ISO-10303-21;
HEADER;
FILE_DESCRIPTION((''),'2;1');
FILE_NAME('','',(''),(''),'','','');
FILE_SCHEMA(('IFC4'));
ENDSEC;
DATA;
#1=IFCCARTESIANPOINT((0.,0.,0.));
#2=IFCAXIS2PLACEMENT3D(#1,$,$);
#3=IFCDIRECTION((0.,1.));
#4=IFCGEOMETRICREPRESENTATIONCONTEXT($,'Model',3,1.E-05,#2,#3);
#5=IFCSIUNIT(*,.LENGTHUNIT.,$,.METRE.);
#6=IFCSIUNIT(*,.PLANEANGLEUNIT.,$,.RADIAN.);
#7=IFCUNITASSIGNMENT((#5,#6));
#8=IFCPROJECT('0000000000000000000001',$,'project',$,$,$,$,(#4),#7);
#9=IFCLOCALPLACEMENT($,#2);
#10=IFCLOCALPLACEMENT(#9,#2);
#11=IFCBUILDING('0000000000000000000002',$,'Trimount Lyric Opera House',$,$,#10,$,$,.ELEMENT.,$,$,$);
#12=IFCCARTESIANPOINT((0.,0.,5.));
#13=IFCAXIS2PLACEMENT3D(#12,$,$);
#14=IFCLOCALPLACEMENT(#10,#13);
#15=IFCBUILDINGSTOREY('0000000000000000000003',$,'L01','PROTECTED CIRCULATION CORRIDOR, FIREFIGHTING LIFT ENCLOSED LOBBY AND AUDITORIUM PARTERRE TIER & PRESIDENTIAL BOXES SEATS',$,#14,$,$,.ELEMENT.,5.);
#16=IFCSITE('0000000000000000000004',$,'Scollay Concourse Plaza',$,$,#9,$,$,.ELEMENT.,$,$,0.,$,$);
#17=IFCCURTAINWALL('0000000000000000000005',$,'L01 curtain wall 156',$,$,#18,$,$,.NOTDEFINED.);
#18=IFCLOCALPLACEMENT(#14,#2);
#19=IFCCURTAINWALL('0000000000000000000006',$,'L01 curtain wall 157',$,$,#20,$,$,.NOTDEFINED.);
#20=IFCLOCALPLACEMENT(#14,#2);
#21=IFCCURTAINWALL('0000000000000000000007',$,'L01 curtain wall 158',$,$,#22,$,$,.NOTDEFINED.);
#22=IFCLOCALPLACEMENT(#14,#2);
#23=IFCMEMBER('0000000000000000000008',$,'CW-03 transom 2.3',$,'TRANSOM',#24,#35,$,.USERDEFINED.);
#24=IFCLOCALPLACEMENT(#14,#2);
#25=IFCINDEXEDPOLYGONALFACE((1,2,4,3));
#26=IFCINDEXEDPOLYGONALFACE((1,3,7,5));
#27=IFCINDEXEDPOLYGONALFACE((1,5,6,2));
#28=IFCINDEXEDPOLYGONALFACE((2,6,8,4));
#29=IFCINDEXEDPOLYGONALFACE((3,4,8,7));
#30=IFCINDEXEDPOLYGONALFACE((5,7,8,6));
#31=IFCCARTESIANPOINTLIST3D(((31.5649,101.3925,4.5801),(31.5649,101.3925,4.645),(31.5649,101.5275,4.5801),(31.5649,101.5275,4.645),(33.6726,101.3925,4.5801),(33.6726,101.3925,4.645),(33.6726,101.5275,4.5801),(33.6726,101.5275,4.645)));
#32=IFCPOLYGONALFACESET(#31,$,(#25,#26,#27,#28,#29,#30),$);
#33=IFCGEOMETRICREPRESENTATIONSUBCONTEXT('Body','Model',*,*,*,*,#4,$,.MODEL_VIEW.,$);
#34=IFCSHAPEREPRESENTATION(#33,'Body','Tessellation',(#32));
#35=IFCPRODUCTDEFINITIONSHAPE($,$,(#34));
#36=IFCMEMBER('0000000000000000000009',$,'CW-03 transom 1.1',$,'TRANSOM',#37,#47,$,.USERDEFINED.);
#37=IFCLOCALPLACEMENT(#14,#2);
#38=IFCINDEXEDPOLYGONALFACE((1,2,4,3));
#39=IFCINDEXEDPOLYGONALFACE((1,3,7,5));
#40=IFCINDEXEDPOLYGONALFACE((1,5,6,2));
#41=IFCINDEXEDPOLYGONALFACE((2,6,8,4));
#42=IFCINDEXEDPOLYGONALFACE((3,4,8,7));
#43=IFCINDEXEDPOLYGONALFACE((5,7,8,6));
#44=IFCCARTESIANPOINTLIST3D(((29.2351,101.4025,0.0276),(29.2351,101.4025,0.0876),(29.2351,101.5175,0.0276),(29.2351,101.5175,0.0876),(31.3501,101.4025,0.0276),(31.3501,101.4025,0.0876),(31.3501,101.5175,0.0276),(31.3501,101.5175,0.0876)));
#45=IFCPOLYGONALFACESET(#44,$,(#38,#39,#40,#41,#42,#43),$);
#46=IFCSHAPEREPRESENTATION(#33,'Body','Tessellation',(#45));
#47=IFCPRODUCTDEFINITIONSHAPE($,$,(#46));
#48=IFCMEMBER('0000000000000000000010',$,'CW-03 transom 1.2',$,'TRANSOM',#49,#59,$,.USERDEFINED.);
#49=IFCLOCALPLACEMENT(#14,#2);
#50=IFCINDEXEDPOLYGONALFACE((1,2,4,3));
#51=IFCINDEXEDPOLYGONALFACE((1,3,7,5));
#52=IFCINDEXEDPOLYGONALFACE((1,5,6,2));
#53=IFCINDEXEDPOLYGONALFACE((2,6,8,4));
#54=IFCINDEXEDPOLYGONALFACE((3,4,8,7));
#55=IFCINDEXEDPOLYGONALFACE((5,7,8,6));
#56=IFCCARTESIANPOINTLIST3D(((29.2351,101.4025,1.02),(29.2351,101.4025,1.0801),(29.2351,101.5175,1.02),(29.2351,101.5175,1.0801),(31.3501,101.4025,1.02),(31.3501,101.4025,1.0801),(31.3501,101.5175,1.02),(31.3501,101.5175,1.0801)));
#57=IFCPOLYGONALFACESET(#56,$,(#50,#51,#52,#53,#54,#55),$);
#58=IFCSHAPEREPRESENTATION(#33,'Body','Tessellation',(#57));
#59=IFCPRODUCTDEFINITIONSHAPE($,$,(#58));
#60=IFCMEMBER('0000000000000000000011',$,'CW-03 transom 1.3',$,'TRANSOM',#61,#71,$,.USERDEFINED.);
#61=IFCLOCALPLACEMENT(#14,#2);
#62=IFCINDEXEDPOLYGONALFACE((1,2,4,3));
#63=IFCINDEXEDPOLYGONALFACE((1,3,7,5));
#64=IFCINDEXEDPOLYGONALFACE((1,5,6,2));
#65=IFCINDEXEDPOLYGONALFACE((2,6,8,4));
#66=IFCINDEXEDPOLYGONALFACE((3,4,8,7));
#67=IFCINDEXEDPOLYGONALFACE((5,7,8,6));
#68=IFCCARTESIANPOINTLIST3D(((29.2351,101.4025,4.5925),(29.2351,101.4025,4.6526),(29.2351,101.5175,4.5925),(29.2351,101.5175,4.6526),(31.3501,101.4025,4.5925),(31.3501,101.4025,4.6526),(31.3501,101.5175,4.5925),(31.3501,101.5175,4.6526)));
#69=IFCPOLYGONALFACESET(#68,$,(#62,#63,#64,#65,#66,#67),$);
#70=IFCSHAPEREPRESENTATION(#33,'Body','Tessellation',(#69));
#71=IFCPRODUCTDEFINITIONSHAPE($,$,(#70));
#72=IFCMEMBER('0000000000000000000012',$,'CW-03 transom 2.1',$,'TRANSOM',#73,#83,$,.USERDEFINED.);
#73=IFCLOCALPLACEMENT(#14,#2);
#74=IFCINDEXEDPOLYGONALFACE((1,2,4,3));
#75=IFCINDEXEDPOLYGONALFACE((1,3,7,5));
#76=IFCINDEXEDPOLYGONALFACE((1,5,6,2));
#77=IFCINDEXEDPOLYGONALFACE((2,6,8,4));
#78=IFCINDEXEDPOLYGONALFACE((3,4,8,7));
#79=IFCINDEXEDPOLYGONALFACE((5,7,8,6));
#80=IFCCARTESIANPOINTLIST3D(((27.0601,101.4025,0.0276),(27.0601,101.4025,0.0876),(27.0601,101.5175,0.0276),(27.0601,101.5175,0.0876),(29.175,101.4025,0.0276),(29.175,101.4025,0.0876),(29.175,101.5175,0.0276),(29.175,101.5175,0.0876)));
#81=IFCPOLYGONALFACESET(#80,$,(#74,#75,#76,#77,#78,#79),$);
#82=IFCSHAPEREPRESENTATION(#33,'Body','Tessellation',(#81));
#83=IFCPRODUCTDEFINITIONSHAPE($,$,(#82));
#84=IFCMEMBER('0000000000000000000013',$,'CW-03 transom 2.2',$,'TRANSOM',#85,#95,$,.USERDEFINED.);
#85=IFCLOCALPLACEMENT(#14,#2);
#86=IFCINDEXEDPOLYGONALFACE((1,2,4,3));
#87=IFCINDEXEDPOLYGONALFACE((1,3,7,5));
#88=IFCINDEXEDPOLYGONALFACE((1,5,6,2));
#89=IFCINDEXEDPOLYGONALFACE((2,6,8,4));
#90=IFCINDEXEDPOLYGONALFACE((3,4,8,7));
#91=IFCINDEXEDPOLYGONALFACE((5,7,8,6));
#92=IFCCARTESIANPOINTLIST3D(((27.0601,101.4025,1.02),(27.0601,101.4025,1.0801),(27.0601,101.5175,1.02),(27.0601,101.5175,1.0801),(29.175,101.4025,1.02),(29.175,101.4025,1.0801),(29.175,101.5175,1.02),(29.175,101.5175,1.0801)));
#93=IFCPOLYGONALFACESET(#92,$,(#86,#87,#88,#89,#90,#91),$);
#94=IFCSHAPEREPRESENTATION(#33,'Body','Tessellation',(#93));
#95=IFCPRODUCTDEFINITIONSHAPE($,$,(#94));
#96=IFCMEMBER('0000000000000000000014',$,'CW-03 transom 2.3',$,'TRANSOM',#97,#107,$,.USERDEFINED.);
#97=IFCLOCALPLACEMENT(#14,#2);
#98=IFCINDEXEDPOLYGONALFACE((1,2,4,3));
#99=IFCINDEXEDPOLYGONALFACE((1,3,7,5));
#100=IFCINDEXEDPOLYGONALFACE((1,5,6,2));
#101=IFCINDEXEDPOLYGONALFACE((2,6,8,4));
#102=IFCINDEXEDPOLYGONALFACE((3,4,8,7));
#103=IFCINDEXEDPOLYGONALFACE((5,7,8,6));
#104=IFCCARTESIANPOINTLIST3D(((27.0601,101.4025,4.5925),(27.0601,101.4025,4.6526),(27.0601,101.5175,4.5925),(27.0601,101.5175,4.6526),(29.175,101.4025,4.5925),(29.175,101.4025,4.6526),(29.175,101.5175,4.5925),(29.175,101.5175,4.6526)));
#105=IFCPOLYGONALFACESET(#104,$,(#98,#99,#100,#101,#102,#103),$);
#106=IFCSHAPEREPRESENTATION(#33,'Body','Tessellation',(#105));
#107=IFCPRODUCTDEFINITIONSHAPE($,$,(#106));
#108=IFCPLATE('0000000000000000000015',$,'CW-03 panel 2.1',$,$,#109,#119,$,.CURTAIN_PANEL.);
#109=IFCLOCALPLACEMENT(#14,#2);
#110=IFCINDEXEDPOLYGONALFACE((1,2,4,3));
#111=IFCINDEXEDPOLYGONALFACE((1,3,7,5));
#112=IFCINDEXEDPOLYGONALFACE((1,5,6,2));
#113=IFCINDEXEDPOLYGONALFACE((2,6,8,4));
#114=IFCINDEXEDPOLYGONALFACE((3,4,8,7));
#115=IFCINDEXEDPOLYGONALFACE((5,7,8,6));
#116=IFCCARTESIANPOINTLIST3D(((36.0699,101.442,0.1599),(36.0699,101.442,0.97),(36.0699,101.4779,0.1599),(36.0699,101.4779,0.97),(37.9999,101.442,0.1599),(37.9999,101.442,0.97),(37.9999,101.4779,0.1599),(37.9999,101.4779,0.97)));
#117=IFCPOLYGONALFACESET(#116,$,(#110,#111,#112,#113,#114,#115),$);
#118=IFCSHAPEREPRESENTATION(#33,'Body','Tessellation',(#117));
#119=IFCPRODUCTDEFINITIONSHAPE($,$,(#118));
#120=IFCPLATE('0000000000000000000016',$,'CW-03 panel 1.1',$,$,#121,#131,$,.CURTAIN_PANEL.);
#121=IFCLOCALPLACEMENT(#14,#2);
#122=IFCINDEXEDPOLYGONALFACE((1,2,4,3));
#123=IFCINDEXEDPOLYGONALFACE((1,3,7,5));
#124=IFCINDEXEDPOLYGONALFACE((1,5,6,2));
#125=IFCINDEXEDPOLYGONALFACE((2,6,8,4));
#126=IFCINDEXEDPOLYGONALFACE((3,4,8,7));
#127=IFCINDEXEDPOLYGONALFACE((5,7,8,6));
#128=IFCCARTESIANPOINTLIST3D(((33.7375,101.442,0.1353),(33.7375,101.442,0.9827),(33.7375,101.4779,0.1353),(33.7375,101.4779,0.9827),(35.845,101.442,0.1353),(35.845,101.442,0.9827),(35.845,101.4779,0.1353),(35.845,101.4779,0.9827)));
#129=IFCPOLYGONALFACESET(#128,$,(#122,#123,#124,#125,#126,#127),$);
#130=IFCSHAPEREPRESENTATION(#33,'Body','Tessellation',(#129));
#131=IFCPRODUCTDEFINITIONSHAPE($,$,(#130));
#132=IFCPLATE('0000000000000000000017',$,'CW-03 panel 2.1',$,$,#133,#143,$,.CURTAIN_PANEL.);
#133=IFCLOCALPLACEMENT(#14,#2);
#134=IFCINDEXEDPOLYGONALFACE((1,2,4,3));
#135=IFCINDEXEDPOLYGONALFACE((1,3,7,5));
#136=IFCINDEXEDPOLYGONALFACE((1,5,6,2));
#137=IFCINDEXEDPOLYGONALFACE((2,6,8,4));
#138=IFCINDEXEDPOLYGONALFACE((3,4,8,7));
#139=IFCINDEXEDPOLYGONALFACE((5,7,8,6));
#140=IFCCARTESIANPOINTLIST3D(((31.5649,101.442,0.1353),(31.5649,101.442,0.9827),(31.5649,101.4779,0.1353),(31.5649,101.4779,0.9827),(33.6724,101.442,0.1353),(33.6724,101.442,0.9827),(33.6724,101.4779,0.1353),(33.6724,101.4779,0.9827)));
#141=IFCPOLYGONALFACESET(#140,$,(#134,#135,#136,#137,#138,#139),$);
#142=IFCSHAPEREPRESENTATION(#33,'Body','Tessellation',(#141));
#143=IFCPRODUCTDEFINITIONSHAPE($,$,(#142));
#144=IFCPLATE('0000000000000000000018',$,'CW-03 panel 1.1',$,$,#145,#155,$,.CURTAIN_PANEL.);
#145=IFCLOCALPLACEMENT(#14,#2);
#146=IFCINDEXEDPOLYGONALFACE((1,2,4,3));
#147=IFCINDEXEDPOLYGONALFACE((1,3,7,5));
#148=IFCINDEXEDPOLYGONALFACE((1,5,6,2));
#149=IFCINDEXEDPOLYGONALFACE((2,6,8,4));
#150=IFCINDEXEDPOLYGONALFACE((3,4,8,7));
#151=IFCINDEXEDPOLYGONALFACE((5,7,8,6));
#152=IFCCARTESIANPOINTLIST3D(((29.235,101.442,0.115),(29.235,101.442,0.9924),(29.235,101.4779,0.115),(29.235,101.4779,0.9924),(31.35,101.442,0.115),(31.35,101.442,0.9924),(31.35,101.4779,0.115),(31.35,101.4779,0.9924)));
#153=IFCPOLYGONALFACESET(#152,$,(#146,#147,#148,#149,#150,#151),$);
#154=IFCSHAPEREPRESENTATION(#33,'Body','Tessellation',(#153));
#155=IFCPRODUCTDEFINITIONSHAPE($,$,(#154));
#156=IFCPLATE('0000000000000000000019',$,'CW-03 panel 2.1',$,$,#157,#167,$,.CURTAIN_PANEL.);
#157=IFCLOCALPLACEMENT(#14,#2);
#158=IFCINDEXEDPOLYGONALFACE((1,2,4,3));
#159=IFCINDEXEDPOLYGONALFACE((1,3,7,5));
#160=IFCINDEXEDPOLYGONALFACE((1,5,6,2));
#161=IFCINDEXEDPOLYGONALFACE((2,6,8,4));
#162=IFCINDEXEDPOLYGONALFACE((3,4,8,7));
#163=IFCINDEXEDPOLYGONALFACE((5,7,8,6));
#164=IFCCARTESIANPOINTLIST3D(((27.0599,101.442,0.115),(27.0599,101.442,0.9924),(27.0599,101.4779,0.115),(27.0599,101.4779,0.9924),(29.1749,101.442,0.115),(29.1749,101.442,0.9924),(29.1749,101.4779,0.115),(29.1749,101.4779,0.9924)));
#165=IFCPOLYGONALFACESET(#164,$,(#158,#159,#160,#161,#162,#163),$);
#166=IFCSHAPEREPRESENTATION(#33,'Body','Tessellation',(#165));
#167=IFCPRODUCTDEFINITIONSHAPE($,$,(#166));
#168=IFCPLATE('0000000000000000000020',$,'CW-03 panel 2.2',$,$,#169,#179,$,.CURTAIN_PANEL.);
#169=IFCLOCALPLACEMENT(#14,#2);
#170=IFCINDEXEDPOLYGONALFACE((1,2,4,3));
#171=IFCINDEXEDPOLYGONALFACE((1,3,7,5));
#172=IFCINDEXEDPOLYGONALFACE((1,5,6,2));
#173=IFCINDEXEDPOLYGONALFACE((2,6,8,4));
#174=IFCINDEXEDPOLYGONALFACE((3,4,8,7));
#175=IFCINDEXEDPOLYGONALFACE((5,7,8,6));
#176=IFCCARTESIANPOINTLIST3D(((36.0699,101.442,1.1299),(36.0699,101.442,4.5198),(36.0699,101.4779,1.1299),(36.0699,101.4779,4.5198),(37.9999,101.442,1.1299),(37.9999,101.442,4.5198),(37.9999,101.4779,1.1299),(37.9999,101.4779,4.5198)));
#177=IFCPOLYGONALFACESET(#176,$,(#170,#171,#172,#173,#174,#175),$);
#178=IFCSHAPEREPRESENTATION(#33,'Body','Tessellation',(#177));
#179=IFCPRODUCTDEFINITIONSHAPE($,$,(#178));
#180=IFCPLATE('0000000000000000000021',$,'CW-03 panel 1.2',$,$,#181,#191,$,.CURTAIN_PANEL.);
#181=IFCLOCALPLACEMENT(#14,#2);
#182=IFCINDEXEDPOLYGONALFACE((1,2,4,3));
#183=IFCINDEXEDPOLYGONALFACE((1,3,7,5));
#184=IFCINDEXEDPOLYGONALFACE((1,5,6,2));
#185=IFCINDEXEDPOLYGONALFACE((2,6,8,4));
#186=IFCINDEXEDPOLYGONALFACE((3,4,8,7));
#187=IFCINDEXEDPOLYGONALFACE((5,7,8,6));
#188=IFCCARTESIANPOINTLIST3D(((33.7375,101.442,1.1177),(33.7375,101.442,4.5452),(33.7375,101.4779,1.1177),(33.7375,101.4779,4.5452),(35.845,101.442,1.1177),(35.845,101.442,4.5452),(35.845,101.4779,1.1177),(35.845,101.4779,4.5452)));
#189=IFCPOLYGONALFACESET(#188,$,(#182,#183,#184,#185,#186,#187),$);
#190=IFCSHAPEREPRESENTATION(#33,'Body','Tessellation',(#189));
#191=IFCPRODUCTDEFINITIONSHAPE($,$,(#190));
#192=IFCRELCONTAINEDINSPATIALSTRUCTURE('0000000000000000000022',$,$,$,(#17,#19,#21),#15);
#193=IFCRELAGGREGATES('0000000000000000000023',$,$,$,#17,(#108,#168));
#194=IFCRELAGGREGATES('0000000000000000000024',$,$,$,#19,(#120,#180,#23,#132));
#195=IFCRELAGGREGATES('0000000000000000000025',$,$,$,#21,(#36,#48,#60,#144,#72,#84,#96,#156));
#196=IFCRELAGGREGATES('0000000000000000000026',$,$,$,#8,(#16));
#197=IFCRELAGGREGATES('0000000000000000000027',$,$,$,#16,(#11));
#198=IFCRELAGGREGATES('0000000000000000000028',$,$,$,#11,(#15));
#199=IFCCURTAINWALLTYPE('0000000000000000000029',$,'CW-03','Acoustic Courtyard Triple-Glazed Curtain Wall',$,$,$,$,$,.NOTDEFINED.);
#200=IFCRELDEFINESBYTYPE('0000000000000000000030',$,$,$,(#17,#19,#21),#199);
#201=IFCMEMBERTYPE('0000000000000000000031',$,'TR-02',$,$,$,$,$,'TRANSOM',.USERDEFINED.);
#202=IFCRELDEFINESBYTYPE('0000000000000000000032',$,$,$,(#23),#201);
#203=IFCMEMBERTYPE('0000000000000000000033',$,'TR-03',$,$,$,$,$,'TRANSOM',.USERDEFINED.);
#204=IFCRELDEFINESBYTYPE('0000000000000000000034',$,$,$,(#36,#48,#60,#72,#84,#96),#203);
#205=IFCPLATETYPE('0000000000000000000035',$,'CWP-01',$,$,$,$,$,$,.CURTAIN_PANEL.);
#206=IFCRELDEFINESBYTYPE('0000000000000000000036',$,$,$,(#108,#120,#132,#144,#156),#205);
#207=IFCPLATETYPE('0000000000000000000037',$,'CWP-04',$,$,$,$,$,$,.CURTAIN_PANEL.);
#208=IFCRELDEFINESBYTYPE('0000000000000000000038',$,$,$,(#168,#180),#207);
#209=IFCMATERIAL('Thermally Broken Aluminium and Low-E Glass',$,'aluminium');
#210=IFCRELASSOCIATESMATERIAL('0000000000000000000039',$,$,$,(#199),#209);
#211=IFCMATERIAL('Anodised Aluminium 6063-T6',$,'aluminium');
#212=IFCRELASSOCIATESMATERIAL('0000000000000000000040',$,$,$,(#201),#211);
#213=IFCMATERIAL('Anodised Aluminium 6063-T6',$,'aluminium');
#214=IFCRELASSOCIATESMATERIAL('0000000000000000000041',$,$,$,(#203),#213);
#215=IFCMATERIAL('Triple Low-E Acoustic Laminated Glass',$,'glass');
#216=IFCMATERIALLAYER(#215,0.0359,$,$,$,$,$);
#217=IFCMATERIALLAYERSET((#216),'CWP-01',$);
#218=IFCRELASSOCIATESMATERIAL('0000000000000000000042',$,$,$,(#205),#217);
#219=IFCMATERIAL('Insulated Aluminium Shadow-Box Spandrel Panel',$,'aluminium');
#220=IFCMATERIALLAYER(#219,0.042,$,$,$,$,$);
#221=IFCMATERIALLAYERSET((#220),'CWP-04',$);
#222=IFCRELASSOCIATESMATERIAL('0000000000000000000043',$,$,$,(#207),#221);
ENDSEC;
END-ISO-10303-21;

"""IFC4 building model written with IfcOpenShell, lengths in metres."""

from ifc_helpers import new_model, si_unit, direction, frame, origin, origin_2d, place, context, subcontext, project, spatial, rectangle, extrude, material, layer, layer_set, material_profile, profile_set, type_object, element, aggregate, save


model = new_model("IFC4")

# Units and contexts
model_context = context("Model", 3, precision=1e-05, world=origin(), true_north=direction((0.0, 1.0)))
body_context = subcontext(model_context, "Body", "Model", "MODEL_VIEW")
ifc_project = project(units=[si_unit("LENGTHUNIT", "METRE"), si_unit("PLANEANGLEUNIT", "RADIAN")], contexts=[model_context])

# Site, building, storey
site_placement = place(None, origin())
site = spatial("IfcSite", under=ifc_project, at=site_placement, Name="Scollay Concourse Plaza", CompositionType="ELEMENT", RefElevation=0.0)
building_placement = place(site_placement, origin())
building = spatial("IfcBuilding", under=site, at=building_placement, Name="Trimount Lyric Opera House", CompositionType="ELEMENT")
storey_placement = place(building_placement, frame((0.0, 0.0, 5.0)))
storey = spatial("IfcBuildingStorey", under=building, at=storey_placement, Name="L01", Description="PROTECTED CIRCULATION CORRIDOR, FIREFIGHTING LIFT ENCLOSED LOBBY AND AUDITORIUM PARTERRE TIER & PRESIDENTIAL BOXES SEATS", CompositionType="ELEMENT", Elevation=5.0)

# Curtain wall
ifc_material_1 = material(Name="Thermally Broken Aluminium and Low-E Glass", Category="aluminium")
curtain_wall_type = type_object("IfcCurtainWallType", Name="CW-03", Description="Acoustic Courtyard Triple-Glazed Curtain Wall", PredefinedType="NOTDEFINED", material=ifc_material_1)
curtain_wall_1_placement = place(storey_placement, origin())
curtain_wall_1 = element("IfcCurtainWall", 1, at=curtain_wall_1_placement, inside=storey, type_object=curtain_wall_type, Name="L01 curtain wall 156", PredefinedType="NOTDEFINED")

# Curtain walls
curtain_wall_2_placement = place(storey_placement, origin())
curtain_wall_2 = element("IfcCurtainWall", 2, at=curtain_wall_2_placement, inside=storey, type_object=curtain_wall_type, Name="L01 curtain wall 157", PredefinedType="NOTDEFINED")
curtain_wall_3_placement = place(storey_placement, origin())
curtain_wall_3 = element("IfcCurtainWall", 3, at=curtain_wall_3_placement, inside=storey, type_object=curtain_wall_type, Name="L01 curtain wall 158", PredefinedType="NOTDEFINED")

# Members
ifc_material_2 = material(Name="Anodised Aluminium 6063-T6", Category="aluminium")
ifc_material_profile_1 = material_profile(ifc_material_2, rectangle(XDim=0.135, YDim=0.0649, at=origin_2d()), Name="ALU-TRAN-65X135")
ifc_profile_set_1 = profile_set([ifc_material_profile_1], Name="Anodised Aluminium 6063-T6")
member_type_1 = type_object("IfcMemberType", Name="TR-02", ElementType="TRANSOM", PredefinedType="USERDEFINED", material=ifc_profile_set_1)
member_1_placement = place(storey_placement, frame((33.6726, 101.46, 4.6125), z_axis=(-1.0, 0.0, 0.0), x_axis=(0.0, -1.0, 0.0)))
member_1 = element("IfcMember", 4, at=member_1_placement, type_object=member_type_1, Name="CW-03 transom 2.3", ObjectType="TRANSOM", PredefinedType="USERDEFINED", context=body_context, shape_type="SweptSolid", body=[
    extrude(rectangle(XDim=0.135, YDim=0.0649, at=origin_2d()), origin(), (0.0, 0.0, 1.0), 2.1077),
])
ifc_material_3 = material(Name="Anodised Aluminium 6063-T6", Category="aluminium")
ifc_material_profile_2 = material_profile(ifc_material_3, rectangle(XDim=0.115, YDim=0.0601, at=origin_2d()), Name="ALU-TRAN-60X115")
ifc_profile_set_2 = profile_set([ifc_material_profile_2], Name="Anodised Aluminium 6063-T6")
member_type_2 = type_object("IfcMemberType", Name="TR-03", ElementType="TRANSOM", PredefinedType="USERDEFINED", material=ifc_profile_set_2)
member_2_placement = place(storey_placement, frame((31.3501, 101.46, 0.0576), z_axis=(-1.0, 0.0, 0.0), x_axis=(0.0, -1.0, 0.0)))
member_2 = element("IfcMember", 5, at=member_2_placement, type_object=member_type_2, Name="CW-03 transom 1.1", ObjectType="TRANSOM", PredefinedType="USERDEFINED", context=body_context, shape_type="SweptSolid", body=[
    extrude(rectangle(XDim=0.115, YDim=0.0601, at=origin_2d()), origin(), (0.0, 0.0, 1.0), 2.115),
])
member_3_placement = place(storey_placement, frame((31.3501, 101.46, 1.05), z_axis=(-1.0, 0.0, 0.0), x_axis=(0.0, -1.0, 0.0)))
member_3 = element("IfcMember", 6, at=member_3_placement, type_object=member_type_2, Name="CW-03 transom 1.2", ObjectType="TRANSOM", PredefinedType="USERDEFINED", context=body_context, shape_type="SweptSolid", body=[
    extrude(rectangle(XDim=0.115, YDim=0.0601, at=origin_2d()), origin(), (0.0, 0.0, 1.0), 2.115),
])
member_4_placement = place(storey_placement, frame((31.3501, 101.46, 4.6226), z_axis=(-1.0, 0.0, 0.0), x_axis=(0.0, -1.0, 0.0)))
member_4 = element("IfcMember", 7, at=member_4_placement, type_object=member_type_2, Name="CW-03 transom 1.3", ObjectType="TRANSOM", PredefinedType="USERDEFINED", context=body_context, shape_type="SweptSolid", body=[
    extrude(rectangle(XDim=0.115, YDim=0.0601, at=origin_2d()), origin(), (0.0, 0.0, 1.0), 2.115),
])
member_5_placement = place(storey_placement, frame((29.175, 101.46, 0.0576), z_axis=(-1.0, 0.0, 0.0), x_axis=(0.0, -1.0, 0.0)))
member_5 = element("IfcMember", 8, at=member_5_placement, type_object=member_type_2, Name="CW-03 transom 2.1", ObjectType="TRANSOM", PredefinedType="USERDEFINED", context=body_context, shape_type="SweptSolid", body=[
    extrude(rectangle(XDim=0.115, YDim=0.0601, at=origin_2d()), origin(), (0.0, 0.0, 1.0), 2.115),
])
member_6_placement = place(storey_placement, frame((29.175, 101.46, 1.05), z_axis=(-1.0, 0.0, 0.0), x_axis=(0.0, -1.0, 0.0)))
member_6 = element("IfcMember", 9, at=member_6_placement, type_object=member_type_2, Name="CW-03 transom 2.2", ObjectType="TRANSOM", PredefinedType="USERDEFINED", context=body_context, shape_type="SweptSolid", body=[
    extrude(rectangle(XDim=0.115, YDim=0.0601, at=origin_2d()), origin(), (0.0, 0.0, 1.0), 2.115),
])
member_7_placement = place(storey_placement, frame((29.175, 101.46, 4.6226), z_axis=(-1.0, 0.0, 0.0), x_axis=(0.0, -1.0, 0.0)))
member_7 = element("IfcMember", 10, at=member_7_placement, type_object=member_type_2, Name="CW-03 transom 2.3", ObjectType="TRANSOM", PredefinedType="USERDEFINED", context=body_context, shape_type="SweptSolid", body=[
    extrude(rectangle(XDim=0.115, YDim=0.0601, at=origin_2d()), origin(), (0.0, 0.0, 1.0), 2.115),
])

# Plates
ifc_material_4 = material(Name="Triple Low-E Acoustic Laminated Glass", Category="glass")
ifc_layer_1 = layer(ifc_material_4, 0.0359)
ifc_layer_set_1 = layer_set([ifc_layer_1], Name="CWP-01")
plate_type_1 = type_object("IfcPlateType", Name="CWP-01", PredefinedType="CURTAIN_PANEL", material=ifc_layer_set_1)
plate_1_placement = place(storey_placement, frame((37.0349, 101.46, 0.1599), z_axis=(0.0, 0.0, 1.0), x_axis=(-1.0, 0.0, 0.0)))
plate_1 = element("IfcPlate", 11, at=plate_1_placement, type_object=plate_type_1, Name="CW-03 panel 2.1", PredefinedType="CURTAIN_PANEL", context=body_context, shape_type="SweptSolid", body=[
    extrude(rectangle(XDim=1.9299, YDim=0.0359, at=origin_2d()), origin(), (0.0, 0.0, 1.0), 0.8101),
])
plate_2_placement = place(storey_placement, frame((34.7913, 101.46, 0.1353), z_axis=(0.0, 0.0, 1.0), x_axis=(-1.0, 0.0, 0.0)))
plate_2 = element("IfcPlate", 12, at=plate_2_placement, type_object=plate_type_1, Name="CW-03 panel 1.1", PredefinedType="CURTAIN_PANEL", context=body_context, shape_type="SweptSolid", body=[
    extrude(rectangle(XDim=2.1074, YDim=0.0359, at=origin_2d()), origin(), (0.0, 0.0, 1.0), 0.8474),
])
plate_3_placement = place(storey_placement, frame((32.6187, 101.46, 0.1353), z_axis=(0.0, 0.0, 1.0), x_axis=(-1.0, 0.0, 0.0)))
plate_3 = element("IfcPlate", 13, at=plate_3_placement, type_object=plate_type_1, Name="CW-03 panel 2.1", PredefinedType="CURTAIN_PANEL", context=body_context, shape_type="SweptSolid", body=[
    extrude(rectangle(XDim=2.1074, YDim=0.0359, at=origin_2d()), origin(), (0.0, 0.0, 1.0), 0.8474),
])
plate_4_placement = place(storey_placement, frame((30.2925, 101.46, 0.115), z_axis=(0.0, 0.0, 1.0), x_axis=(-1.0, 0.0, 0.0)))
plate_4 = element("IfcPlate", 14, at=plate_4_placement, type_object=plate_type_1, Name="CW-03 panel 1.1", PredefinedType="CURTAIN_PANEL", context=body_context, shape_type="SweptSolid", body=[
    extrude(rectangle(XDim=2.115, YDim=0.0359, at=origin_2d()), origin(), (0.0, 0.0, 1.0), 0.8774),
])
plate_5_placement = place(storey_placement, frame((28.1174, 101.46, 0.115), z_axis=(0.0, 0.0, 1.0), x_axis=(-1.0, 0.0, 0.0)))
plate_5 = element("IfcPlate", 15, at=plate_5_placement, type_object=plate_type_1, Name="CW-03 panel 2.1", PredefinedType="CURTAIN_PANEL", context=body_context, shape_type="SweptSolid", body=[
    extrude(rectangle(XDim=2.115, YDim=0.0359, at=origin_2d()), origin(), (0.0, 0.0, 1.0), 0.8774),
])
ifc_material_5 = material(Name="Insulated Aluminium Shadow-Box Spandrel Panel", Category="aluminium")
ifc_layer_2 = layer(ifc_material_5, 0.042)
ifc_layer_set_2 = layer_set([ifc_layer_2], Name="CWP-04")
plate_type_2 = type_object("IfcPlateType", Name="CWP-04", PredefinedType="CURTAIN_PANEL", material=ifc_layer_set_2)
plate_6_placement = place(storey_placement, frame((37.0349, 101.46, 1.1299), z_axis=(0.0, 0.0, 1.0), x_axis=(-1.0, 0.0, 0.0)))
plate_6 = element("IfcPlate", 16, at=plate_6_placement, type_object=plate_type_2, Name="CW-03 panel 2.2", PredefinedType="CURTAIN_PANEL", context=body_context, shape_type="SweptSolid", body=[
    extrude(rectangle(XDim=1.9299, YDim=0.0359, at=origin_2d()), origin(), (0.0, 0.0, 1.0), 3.3899),
])
aggregate(curtain_wall_1, [plate_1, plate_6])
plate_7_placement = place(storey_placement, frame((34.7913, 101.46, 1.1177), z_axis=(0.0, 0.0, 1.0), x_axis=(-1.0, 0.0, 0.0)))
plate_7 = element("IfcPlate", 17, at=plate_7_placement, type_object=plate_type_2, Name="CW-03 panel 1.2", PredefinedType="CURTAIN_PANEL", context=body_context, shape_type="SweptSolid", body=[
    extrude(rectangle(XDim=2.1074, YDim=0.0359, at=origin_2d()), origin(), (0.0, 0.0, 1.0), 3.4275),
])
aggregate(curtain_wall_2, [plate_2, plate_7, member_1, plate_3])
aggregate(curtain_wall_3, [member_2, member_3, member_4, plate_4, member_5, member_6, member_7, plate_5])

save(model, "model.ifc")
